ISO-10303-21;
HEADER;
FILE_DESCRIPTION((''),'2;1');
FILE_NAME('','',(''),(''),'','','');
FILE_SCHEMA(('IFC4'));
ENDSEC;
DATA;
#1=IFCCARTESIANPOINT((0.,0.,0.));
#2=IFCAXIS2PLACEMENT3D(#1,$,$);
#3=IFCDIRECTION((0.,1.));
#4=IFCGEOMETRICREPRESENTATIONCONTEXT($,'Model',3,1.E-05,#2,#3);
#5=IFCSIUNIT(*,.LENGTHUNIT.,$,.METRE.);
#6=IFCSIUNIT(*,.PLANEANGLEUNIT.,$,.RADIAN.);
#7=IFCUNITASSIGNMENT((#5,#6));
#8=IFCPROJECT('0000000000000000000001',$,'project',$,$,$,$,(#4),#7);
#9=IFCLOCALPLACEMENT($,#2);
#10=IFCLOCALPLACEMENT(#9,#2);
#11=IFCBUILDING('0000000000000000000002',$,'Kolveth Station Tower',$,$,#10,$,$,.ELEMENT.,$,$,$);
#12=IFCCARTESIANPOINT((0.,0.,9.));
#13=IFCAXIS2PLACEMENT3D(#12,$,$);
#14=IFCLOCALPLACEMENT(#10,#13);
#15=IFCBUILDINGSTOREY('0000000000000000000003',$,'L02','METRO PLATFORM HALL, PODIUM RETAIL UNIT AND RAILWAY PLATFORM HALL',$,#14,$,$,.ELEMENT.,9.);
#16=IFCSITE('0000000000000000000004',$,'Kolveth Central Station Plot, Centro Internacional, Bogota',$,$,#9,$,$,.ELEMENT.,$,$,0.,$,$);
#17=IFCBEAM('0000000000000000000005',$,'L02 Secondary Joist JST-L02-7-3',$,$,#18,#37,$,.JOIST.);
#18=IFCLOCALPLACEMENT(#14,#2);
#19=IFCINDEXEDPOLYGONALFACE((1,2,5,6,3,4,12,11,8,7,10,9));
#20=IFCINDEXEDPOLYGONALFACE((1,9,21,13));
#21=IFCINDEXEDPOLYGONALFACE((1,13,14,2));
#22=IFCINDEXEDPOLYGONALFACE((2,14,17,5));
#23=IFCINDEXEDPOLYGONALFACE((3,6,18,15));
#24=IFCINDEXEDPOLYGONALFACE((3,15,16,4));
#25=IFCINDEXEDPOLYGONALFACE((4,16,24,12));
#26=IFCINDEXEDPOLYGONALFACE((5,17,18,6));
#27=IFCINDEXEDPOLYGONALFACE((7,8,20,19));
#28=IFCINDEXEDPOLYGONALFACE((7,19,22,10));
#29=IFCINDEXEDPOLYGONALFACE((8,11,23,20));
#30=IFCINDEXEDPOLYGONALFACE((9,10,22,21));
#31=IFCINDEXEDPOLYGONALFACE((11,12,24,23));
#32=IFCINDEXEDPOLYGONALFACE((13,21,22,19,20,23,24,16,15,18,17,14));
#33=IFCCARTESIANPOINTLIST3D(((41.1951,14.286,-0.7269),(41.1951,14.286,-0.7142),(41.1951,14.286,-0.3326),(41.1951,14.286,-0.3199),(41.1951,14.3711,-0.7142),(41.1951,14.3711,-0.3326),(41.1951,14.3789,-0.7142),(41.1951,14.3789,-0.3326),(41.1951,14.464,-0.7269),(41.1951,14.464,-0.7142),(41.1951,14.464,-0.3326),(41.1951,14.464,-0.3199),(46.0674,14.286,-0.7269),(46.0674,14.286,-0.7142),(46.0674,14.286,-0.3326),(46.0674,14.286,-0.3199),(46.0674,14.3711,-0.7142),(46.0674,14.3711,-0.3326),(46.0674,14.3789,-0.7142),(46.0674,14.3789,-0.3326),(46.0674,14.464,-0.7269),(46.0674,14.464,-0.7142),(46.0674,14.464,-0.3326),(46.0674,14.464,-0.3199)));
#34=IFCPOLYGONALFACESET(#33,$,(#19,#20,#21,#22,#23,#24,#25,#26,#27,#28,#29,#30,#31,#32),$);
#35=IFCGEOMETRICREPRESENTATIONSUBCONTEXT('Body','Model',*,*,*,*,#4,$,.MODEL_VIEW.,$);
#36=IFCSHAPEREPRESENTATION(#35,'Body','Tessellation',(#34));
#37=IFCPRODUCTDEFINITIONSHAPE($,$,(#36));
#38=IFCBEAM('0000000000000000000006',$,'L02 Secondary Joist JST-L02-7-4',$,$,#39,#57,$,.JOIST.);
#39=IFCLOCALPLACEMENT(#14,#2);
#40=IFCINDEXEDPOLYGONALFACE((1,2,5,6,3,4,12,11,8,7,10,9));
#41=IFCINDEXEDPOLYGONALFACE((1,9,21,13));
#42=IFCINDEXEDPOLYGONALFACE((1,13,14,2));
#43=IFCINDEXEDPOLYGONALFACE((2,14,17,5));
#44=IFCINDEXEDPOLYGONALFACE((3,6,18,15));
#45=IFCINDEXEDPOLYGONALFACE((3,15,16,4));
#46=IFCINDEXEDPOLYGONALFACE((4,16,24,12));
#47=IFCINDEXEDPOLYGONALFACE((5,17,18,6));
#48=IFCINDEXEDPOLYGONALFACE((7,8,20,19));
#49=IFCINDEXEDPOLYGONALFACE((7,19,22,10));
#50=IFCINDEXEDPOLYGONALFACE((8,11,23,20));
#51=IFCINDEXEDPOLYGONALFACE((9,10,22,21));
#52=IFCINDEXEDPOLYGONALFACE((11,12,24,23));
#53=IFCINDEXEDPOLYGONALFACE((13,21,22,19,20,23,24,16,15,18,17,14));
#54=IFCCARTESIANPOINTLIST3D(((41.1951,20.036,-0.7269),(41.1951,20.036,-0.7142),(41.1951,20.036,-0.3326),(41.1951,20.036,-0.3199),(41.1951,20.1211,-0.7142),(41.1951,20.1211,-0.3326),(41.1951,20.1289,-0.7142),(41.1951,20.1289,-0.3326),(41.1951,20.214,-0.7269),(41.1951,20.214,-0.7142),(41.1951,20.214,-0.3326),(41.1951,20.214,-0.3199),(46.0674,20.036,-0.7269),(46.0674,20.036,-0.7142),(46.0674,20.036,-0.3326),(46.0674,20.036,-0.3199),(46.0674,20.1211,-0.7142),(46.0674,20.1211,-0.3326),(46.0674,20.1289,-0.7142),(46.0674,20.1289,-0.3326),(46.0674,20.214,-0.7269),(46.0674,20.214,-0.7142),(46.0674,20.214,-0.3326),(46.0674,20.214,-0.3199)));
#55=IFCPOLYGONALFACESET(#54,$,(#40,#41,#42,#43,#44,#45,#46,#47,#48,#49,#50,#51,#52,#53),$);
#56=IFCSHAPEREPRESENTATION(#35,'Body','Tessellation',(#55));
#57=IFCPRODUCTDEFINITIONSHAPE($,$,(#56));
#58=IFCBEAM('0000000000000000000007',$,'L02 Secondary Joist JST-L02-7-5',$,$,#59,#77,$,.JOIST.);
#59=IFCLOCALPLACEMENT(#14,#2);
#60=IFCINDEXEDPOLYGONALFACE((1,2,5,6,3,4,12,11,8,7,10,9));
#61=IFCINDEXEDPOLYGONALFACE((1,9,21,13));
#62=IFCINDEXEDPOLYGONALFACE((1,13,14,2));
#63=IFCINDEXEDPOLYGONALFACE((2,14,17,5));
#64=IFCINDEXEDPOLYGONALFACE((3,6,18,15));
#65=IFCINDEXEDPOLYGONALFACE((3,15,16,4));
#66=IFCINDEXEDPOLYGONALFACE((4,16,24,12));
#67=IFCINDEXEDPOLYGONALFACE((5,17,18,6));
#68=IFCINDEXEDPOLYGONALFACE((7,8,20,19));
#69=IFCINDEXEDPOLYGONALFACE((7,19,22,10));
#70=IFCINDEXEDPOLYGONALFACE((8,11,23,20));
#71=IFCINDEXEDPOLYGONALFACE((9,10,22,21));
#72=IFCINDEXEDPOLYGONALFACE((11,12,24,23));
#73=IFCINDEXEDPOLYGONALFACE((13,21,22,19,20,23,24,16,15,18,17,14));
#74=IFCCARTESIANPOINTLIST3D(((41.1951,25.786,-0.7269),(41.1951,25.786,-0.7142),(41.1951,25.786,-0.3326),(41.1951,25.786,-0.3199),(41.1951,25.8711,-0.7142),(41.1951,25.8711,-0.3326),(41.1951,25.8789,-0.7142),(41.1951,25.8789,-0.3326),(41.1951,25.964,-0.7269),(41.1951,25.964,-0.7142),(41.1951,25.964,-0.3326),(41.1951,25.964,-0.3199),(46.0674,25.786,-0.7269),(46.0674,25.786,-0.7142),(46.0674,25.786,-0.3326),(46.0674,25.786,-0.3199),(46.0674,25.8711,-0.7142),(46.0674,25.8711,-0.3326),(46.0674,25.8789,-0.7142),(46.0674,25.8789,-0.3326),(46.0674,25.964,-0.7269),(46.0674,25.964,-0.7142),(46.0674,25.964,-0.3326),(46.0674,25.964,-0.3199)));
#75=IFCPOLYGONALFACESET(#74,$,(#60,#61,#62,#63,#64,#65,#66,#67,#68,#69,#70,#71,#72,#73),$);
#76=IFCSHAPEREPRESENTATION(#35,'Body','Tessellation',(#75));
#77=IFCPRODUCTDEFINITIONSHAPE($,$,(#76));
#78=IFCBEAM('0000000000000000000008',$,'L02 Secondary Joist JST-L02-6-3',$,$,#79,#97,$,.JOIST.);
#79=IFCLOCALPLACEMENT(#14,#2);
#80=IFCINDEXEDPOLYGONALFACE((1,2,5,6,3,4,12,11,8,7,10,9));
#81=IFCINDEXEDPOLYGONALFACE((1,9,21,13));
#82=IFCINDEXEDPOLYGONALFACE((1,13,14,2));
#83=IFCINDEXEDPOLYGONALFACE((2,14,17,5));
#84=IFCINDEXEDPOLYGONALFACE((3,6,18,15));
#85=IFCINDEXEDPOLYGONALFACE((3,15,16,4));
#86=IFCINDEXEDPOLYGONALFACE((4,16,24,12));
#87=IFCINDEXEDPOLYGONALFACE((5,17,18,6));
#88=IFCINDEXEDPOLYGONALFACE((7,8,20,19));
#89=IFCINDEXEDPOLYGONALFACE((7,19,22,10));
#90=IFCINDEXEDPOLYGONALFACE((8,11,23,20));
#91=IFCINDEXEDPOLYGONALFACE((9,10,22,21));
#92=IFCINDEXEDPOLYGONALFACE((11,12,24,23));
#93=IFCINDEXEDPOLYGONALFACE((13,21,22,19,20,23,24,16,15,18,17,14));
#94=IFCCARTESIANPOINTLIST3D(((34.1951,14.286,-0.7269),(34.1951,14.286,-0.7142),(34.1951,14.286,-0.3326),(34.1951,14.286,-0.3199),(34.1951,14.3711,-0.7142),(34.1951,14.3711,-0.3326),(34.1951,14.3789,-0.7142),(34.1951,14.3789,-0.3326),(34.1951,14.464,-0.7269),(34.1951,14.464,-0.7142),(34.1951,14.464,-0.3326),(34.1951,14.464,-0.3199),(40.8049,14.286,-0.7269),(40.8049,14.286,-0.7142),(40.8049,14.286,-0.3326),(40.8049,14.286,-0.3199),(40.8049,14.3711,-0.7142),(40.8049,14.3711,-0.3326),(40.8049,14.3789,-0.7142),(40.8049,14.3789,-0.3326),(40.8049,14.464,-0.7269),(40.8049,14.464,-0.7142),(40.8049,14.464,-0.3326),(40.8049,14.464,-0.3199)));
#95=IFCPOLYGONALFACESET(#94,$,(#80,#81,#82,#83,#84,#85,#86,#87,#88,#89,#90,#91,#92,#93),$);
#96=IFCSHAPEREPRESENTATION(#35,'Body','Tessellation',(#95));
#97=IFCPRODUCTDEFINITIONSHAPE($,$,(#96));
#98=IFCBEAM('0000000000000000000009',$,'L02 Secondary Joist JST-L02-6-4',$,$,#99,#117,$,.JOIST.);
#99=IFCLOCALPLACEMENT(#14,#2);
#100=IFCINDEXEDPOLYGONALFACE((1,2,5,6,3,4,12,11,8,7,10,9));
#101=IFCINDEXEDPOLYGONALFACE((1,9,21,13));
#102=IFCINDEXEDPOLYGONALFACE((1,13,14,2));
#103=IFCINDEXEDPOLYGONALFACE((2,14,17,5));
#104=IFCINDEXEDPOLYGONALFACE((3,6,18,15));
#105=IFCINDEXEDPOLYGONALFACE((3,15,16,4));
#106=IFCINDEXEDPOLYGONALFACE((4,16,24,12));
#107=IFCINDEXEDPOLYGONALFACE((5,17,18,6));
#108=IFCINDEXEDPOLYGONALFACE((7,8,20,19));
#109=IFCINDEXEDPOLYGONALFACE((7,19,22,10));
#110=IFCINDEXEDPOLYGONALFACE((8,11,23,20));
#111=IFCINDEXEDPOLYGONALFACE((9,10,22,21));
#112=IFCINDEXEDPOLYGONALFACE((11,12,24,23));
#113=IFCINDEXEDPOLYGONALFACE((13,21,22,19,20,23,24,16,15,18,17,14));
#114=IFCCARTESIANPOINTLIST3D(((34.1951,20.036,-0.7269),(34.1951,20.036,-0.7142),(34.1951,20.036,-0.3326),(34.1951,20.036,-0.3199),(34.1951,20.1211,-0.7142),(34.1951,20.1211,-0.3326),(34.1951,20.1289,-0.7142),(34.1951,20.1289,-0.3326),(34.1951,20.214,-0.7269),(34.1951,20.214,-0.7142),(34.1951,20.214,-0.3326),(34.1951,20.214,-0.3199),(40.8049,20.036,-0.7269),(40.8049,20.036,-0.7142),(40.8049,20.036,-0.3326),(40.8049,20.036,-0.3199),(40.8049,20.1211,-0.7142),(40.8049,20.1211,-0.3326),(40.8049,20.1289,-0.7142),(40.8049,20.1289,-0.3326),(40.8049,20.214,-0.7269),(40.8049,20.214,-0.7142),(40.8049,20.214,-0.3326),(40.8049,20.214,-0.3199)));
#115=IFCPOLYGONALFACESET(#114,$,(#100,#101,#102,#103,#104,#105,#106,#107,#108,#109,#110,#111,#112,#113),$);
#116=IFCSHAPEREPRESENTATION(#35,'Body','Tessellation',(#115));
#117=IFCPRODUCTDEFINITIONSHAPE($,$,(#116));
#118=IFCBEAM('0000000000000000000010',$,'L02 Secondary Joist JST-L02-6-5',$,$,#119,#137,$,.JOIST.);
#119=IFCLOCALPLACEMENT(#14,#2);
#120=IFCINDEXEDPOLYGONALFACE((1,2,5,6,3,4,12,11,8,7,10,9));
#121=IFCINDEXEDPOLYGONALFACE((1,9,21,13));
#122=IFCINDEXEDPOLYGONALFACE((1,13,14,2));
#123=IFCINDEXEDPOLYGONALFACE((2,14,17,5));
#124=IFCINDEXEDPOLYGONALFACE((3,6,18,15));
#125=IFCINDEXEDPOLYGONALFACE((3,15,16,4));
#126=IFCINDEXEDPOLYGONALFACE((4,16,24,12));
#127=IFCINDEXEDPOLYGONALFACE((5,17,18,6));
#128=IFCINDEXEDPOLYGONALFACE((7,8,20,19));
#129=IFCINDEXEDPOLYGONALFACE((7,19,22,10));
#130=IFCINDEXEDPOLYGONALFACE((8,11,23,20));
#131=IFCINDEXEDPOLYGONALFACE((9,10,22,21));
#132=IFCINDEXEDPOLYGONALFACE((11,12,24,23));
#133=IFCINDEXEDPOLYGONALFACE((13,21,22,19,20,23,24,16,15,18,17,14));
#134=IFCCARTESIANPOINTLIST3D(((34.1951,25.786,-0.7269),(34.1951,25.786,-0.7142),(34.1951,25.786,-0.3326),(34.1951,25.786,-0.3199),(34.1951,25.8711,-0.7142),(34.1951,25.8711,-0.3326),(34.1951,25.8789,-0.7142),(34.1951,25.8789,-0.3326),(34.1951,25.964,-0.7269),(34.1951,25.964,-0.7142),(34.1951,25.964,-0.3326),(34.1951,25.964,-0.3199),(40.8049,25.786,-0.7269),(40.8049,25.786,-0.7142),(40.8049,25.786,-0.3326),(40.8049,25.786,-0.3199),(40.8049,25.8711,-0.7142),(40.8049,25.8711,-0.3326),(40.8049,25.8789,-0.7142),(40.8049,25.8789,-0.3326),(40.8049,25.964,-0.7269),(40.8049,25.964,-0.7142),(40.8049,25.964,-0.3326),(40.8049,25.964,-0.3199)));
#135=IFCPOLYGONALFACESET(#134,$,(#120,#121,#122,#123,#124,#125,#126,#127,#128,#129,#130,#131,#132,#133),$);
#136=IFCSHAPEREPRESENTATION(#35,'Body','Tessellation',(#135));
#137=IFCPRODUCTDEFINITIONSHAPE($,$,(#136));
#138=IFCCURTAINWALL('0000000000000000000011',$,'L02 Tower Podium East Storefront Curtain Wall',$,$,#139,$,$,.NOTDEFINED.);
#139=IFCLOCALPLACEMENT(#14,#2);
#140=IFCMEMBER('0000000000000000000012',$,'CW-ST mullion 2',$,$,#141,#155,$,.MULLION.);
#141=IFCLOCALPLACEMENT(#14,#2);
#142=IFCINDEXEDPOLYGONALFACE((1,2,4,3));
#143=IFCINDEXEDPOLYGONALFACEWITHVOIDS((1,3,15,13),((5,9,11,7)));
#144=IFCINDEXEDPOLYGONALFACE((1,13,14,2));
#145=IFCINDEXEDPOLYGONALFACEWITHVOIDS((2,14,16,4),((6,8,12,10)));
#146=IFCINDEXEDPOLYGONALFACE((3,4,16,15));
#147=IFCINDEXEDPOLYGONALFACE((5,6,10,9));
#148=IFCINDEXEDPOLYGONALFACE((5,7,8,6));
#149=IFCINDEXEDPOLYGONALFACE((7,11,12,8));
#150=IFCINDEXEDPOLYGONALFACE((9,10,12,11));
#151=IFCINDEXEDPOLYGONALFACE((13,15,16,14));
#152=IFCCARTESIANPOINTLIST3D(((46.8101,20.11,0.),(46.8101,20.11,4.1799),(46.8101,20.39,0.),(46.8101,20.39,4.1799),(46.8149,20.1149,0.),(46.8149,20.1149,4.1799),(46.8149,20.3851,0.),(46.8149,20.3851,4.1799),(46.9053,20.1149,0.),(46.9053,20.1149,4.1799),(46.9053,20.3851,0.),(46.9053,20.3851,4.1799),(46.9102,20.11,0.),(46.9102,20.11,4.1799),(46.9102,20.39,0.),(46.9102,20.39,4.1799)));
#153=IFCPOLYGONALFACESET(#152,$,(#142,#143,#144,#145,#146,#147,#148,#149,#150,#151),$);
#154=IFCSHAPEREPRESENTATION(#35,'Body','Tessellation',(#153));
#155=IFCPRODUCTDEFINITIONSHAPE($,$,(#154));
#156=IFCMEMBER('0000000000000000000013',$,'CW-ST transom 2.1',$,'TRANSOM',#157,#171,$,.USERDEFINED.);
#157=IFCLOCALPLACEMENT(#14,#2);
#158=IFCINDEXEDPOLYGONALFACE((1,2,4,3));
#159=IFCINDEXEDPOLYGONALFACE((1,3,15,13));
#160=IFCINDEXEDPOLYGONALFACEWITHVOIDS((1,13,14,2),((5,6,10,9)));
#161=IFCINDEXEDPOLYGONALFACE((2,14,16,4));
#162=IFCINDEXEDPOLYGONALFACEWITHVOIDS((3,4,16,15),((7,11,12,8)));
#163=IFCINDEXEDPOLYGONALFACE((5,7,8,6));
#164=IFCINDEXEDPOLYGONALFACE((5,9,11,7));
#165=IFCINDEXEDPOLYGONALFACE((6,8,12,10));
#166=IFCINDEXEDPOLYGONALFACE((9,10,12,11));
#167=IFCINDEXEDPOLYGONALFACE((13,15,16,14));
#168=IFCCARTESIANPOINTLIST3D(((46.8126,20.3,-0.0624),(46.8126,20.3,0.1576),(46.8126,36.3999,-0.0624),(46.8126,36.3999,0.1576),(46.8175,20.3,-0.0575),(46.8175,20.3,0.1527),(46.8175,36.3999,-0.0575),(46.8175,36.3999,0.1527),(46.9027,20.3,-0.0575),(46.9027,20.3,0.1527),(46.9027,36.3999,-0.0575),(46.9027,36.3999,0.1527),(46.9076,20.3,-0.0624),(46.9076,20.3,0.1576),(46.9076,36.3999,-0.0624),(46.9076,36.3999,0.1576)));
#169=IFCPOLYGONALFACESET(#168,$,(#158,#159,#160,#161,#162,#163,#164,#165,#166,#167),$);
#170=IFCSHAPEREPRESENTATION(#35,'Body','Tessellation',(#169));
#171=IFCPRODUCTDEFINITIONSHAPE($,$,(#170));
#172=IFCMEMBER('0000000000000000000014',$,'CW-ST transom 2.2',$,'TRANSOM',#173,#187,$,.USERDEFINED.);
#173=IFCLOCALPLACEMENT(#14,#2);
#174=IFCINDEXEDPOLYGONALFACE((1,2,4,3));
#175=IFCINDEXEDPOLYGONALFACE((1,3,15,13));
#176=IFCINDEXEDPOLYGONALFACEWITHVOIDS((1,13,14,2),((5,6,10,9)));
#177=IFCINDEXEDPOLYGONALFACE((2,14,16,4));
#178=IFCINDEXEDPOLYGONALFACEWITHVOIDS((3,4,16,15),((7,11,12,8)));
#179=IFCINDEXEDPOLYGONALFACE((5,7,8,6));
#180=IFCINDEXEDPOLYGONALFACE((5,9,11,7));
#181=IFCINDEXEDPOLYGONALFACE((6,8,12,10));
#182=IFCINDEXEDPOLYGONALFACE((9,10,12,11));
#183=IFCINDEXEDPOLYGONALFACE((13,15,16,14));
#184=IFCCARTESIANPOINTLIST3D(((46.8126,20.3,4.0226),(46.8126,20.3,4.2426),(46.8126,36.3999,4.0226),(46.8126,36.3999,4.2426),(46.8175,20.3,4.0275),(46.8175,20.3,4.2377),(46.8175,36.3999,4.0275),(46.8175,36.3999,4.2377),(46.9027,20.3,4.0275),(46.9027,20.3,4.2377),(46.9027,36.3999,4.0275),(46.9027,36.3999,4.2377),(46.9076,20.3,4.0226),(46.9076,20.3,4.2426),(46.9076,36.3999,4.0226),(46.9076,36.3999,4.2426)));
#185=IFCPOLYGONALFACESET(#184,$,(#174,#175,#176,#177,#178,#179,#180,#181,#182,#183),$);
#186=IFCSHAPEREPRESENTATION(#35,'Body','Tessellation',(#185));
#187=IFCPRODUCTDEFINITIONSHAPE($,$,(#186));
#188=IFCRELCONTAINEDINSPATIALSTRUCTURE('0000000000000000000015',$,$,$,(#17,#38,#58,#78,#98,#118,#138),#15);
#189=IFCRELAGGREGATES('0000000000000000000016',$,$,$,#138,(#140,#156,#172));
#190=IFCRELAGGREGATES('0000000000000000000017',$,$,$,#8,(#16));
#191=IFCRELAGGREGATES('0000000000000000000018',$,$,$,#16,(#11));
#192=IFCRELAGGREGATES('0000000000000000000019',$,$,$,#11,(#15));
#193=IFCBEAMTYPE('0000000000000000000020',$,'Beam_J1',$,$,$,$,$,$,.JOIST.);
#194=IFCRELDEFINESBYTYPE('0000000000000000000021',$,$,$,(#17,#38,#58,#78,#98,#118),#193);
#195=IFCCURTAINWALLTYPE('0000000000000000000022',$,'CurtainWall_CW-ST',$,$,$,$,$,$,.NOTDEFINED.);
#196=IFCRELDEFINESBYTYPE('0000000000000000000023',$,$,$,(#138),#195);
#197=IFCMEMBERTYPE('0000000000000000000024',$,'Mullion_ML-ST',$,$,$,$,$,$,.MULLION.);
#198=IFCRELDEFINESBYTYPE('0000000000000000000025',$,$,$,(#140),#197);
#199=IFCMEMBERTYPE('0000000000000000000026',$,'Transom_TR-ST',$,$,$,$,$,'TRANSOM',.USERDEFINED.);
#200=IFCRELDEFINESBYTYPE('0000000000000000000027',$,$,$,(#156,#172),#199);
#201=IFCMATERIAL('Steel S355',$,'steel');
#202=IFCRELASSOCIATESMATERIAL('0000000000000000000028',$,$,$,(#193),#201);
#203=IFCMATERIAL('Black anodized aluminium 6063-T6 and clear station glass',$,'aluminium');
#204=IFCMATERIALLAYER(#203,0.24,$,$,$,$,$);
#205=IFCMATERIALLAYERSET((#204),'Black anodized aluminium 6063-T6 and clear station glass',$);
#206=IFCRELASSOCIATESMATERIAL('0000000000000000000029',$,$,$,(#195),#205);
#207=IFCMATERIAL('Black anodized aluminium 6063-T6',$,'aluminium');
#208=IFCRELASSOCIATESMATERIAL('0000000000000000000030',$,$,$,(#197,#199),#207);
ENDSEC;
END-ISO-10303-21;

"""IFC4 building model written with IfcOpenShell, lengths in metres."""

from ifc_helpers import new_model, si_unit, direction, frame, origin, origin_2d, place, context, subcontext, project, spatial, hollow_rectangle, i_section, extrude, source, transform, mapped, material, layer, layer_set, material_profile, profile_set, type_object, element, aggregate, save


model = new_model("IFC4")

# Units and contexts
model_context = context("Model", 3, precision=1e-05, world=origin(), true_north=direction((0.0, 1.0)))
body_context = subcontext(model_context, "Body", "Model", "MODEL_VIEW")
ifc_project = project(units=[si_unit("LENGTHUNIT", "METRE"), si_unit("PLANEANGLEUNIT", "RADIAN")], contexts=[model_context])

# Site, building, storey
site_placement = place(None, origin())
site = spatial("IfcSite", under=ifc_project, at=site_placement, Name="Kolveth Central Station Plot, Centro Internacional, Bogota", CompositionType="ELEMENT", RefElevation=0.0)
building_placement = place(site_placement, origin())
building = spatial("IfcBuilding", under=site, at=building_placement, Name="Kolveth Station Tower", CompositionType="ELEMENT")
storey_placement = place(building_placement, frame((0.0, 0.0, 9.0)))
storey = spatial("IfcBuildingStorey", under=building, at=storey_placement, Name="L02", Description="METRO PLATFORM HALL, PODIUM RETAIL UNIT AND RAILWAY PLATFORM HALL", CompositionType="ELEMENT", Elevation=9.0)

# Beams
ifc_material_1 = material(Name="Steel S355", Category="steel")
ifc_material_profile_1 = material_profile(ifc_material_1, i_section(OverallWidth=0.178, OverallDepth=0.407, WebThickness=0.0078, FlangeThickness=0.0127, at=origin_2d()), Name="W410x60")
ifc_profile_set_1 = profile_set([ifc_material_profile_1], Name="Steel S355")
beam_type_1 = type_object("IfcBeamType", Name="Beam_J1", PredefinedType="JOIST", material=ifc_profile_set_1)
shared_shape_1 = source(origin(), body_context, "Body", "SweptSolid", [
    extrude(i_section(OverallWidth=0.178, OverallDepth=0.407, WebThickness=0.0078, FlangeThickness=0.0127, at=origin_2d()), origin(), (0.0, 0.0, 1.0), 4.8723),
])
for number, where, z_axis, x_axis, name in (
    (1, (41.1951, 14.375, -0.5234), (1.0, 0.0, 0.0), (0.0, 1.0, 0.0), "L02 Secondary Joist JST-L02-7-3"),
    (2, (41.1951, 20.125, -0.5234), (1.0, 0.0, 0.0), (0.0, 1.0, 0.0), "L02 Secondary Joist JST-L02-7-4"),
    (3, (41.1951, 25.875, -0.5234), (1.0, 0.0, 0.0), (0.0, 1.0, 0.0), "L02 Secondary Joist JST-L02-7-5"),
):
    element("IfcBeam", number, at=place(storey_placement, frame(where, z_axis=z_axis, x_axis=x_axis)), inside=storey, type_object=beam_type_1, Name=name, PredefinedType="JOIST", context=body_context, shape_type="MappedRepresentation", body=[
        mapped(shared_shape_1, transform((0.0, 0.0, 0.0), x_axis=(1.0, 0.0, 0.0), y_axis=(0.0, 1.0, 0.0), z_axis=(0.0, 0.0, 1.0), scale=1.0)),
    ])
shared_shape_2 = source(origin(), body_context, "Body", "SweptSolid", [
    extrude(i_section(OverallWidth=0.178, OverallDepth=0.407, WebThickness=0.0078, FlangeThickness=0.0127, at=origin_2d()), origin(), (0.0, 0.0, 1.0), 6.6099),
])
for number, where, z_axis, x_axis, name in (
    (4, (34.1951, 14.375, -0.5234), (1.0, 0.0, 0.0), (0.0, 1.0, 0.0), "L02 Secondary Joist JST-L02-6-3"),
    (5, (34.1951, 20.125, -0.5234), (1.0, 0.0, 0.0), (0.0, 1.0, 0.0), "L02 Secondary Joist JST-L02-6-4"),
    (6, (34.1951, 25.875, -0.5234), (1.0, 0.0, 0.0), (0.0, 1.0, 0.0), "L02 Secondary Joist JST-L02-6-5"),
):
    element("IfcBeam", number, at=place(storey_placement, frame(where, z_axis=z_axis, x_axis=x_axis)), inside=storey, type_object=beam_type_1, Name=name, PredefinedType="JOIST", context=body_context, shape_type="MappedRepresentation", body=[
        mapped(shared_shape_2, transform((0.0, 0.0, 0.0), x_axis=(1.0, 0.0, 0.0), y_axis=(0.0, 1.0, 0.0), z_axis=(0.0, 0.0, 1.0), scale=1.0)),
    ])

# Curtain wall, members
ifc_material_2 = material(Name="Black anodized aluminium 6063-T6 and clear station glass", Category="aluminium")
ifc_layer_1 = layer(ifc_material_2, 0.24)
ifc_layer_set_1 = layer_set([ifc_layer_1], Name="Black anodized aluminium 6063-T6 and clear station glass")
curtain_wall_type = type_object("IfcCurtainWallType", Name="CurtainWall_CW-ST", PredefinedType="NOTDEFINED", material=ifc_layer_set_1)
curtain_wall_placement = place(storey_placement, origin())
curtain_wall = element("IfcCurtainWall", 7, at=curtain_wall_placement, inside=storey, type_object=curtain_wall_type, Name="L02 Tower Podium East Storefront Curtain Wall", PredefinedType="NOTDEFINED")
ifc_material_3 = material(Name="Black anodized aluminium 6063-T6", Category="aluminium")
ifc_material_profile_2 = material_profile(ifc_material_3, hollow_rectangle(XDim=0.1001, YDim=0.28, WallThickness=0.0049, at=origin_2d()), Name="ALU-100x280x5")
ifc_profile_set_2 = profile_set([ifc_material_profile_2], Name="Black anodized aluminium 6063-T6")
member_type_1 = type_object("IfcMemberType", Name="Mullion_ML-ST", PredefinedType="MULLION", material=ifc_profile_set_2)
shared_shape_3 = source(origin(), body_context, "Body", "SweptSolid", [
    extrude(hollow_rectangle(XDim=0.1001, YDim=0.28, WallThickness=0.0049, at=origin_2d()), origin(), (0.0, 0.0, 1.0), 4.1799),
])
member_1_placement = place(storey_placement, frame((46.8601, 20.25, 0.0), z_axis=(0.0, 0.0, 1.0), x_axis=(-1.0, 0.0, 0.0)))
member_1 = element("IfcMember", 8, at=member_1_placement, type_object=member_type_1, Name="CW-ST mullion 2", PredefinedType="MULLION", context=body_context, shape_type="MappedRepresentation", body=[
    mapped(shared_shape_3, transform((0.0, 0.0, 0.0), x_axis=(1.0, 0.0, 0.0), y_axis=(0.0, 1.0, 0.0), z_axis=(0.0, 0.0, 1.0), scale=1.0)),
])
ifc_material_profile_3 = material_profile(ifc_material_3, hollow_rectangle(XDim=0.095, YDim=0.22, WallThickness=0.0049, at=origin_2d()), Name="ALU-95x220x5")
ifc_profile_set_3 = profile_set([ifc_material_profile_3], Name="Black anodized aluminium 6063-T6")
member_type_2 = type_object("IfcMemberType", Name="Transom_TR-ST", ElementType="TRANSOM", PredefinedType="USERDEFINED", material=ifc_profile_set_3)
shared_shape_4 = source(origin(), body_context, "Body", "SweptSolid", [
    extrude(hollow_rectangle(XDim=0.095, YDim=0.22, WallThickness=0.0049, at=origin_2d()), origin(), (0.0, 0.0, 1.0), 16.0999),
])
member_2_placement = place(storey_placement, frame((46.8601, 20.3, 0.0476), z_axis=(0.0, 1.0, 0.0), x_axis=(-1.0, 0.0, 0.0)))
member_2 = element("IfcMember", 9, at=member_2_placement, type_object=member_type_2, Name="CW-ST transom 2.1", ObjectType="TRANSOM", PredefinedType="USERDEFINED", context=body_context, shape_type="MappedRepresentation", body=[
    mapped(shared_shape_4, transform((0.0, 0.0, 0.0), x_axis=(1.0, 0.0, 0.0), y_axis=(0.0, 1.0, 0.0), z_axis=(0.0, 0.0, 1.0), scale=1.0)),
])
member_3_placement = place(storey_placement, frame((46.8601, 20.3, 4.1326), z_axis=(0.0, 1.0, 0.0), x_axis=(-1.0, 0.0, 0.0)))
member_3 = element("IfcMember", 10, at=member_3_placement, type_object=member_type_2, Name="CW-ST transom 2.2", ObjectType="TRANSOM", PredefinedType="USERDEFINED", context=body_context, shape_type="MappedRepresentation", body=[
    mapped(shared_shape_4, transform((0.0, 0.0, 0.0), x_axis=(1.0, 0.0, 0.0), y_axis=(0.0, 1.0, 0.0), z_axis=(0.0, 0.0, 1.0), scale=1.0)),
])
aggregate(curtain_wall, [member_1, member_2, member_3])

save(model, "model.ifc")
